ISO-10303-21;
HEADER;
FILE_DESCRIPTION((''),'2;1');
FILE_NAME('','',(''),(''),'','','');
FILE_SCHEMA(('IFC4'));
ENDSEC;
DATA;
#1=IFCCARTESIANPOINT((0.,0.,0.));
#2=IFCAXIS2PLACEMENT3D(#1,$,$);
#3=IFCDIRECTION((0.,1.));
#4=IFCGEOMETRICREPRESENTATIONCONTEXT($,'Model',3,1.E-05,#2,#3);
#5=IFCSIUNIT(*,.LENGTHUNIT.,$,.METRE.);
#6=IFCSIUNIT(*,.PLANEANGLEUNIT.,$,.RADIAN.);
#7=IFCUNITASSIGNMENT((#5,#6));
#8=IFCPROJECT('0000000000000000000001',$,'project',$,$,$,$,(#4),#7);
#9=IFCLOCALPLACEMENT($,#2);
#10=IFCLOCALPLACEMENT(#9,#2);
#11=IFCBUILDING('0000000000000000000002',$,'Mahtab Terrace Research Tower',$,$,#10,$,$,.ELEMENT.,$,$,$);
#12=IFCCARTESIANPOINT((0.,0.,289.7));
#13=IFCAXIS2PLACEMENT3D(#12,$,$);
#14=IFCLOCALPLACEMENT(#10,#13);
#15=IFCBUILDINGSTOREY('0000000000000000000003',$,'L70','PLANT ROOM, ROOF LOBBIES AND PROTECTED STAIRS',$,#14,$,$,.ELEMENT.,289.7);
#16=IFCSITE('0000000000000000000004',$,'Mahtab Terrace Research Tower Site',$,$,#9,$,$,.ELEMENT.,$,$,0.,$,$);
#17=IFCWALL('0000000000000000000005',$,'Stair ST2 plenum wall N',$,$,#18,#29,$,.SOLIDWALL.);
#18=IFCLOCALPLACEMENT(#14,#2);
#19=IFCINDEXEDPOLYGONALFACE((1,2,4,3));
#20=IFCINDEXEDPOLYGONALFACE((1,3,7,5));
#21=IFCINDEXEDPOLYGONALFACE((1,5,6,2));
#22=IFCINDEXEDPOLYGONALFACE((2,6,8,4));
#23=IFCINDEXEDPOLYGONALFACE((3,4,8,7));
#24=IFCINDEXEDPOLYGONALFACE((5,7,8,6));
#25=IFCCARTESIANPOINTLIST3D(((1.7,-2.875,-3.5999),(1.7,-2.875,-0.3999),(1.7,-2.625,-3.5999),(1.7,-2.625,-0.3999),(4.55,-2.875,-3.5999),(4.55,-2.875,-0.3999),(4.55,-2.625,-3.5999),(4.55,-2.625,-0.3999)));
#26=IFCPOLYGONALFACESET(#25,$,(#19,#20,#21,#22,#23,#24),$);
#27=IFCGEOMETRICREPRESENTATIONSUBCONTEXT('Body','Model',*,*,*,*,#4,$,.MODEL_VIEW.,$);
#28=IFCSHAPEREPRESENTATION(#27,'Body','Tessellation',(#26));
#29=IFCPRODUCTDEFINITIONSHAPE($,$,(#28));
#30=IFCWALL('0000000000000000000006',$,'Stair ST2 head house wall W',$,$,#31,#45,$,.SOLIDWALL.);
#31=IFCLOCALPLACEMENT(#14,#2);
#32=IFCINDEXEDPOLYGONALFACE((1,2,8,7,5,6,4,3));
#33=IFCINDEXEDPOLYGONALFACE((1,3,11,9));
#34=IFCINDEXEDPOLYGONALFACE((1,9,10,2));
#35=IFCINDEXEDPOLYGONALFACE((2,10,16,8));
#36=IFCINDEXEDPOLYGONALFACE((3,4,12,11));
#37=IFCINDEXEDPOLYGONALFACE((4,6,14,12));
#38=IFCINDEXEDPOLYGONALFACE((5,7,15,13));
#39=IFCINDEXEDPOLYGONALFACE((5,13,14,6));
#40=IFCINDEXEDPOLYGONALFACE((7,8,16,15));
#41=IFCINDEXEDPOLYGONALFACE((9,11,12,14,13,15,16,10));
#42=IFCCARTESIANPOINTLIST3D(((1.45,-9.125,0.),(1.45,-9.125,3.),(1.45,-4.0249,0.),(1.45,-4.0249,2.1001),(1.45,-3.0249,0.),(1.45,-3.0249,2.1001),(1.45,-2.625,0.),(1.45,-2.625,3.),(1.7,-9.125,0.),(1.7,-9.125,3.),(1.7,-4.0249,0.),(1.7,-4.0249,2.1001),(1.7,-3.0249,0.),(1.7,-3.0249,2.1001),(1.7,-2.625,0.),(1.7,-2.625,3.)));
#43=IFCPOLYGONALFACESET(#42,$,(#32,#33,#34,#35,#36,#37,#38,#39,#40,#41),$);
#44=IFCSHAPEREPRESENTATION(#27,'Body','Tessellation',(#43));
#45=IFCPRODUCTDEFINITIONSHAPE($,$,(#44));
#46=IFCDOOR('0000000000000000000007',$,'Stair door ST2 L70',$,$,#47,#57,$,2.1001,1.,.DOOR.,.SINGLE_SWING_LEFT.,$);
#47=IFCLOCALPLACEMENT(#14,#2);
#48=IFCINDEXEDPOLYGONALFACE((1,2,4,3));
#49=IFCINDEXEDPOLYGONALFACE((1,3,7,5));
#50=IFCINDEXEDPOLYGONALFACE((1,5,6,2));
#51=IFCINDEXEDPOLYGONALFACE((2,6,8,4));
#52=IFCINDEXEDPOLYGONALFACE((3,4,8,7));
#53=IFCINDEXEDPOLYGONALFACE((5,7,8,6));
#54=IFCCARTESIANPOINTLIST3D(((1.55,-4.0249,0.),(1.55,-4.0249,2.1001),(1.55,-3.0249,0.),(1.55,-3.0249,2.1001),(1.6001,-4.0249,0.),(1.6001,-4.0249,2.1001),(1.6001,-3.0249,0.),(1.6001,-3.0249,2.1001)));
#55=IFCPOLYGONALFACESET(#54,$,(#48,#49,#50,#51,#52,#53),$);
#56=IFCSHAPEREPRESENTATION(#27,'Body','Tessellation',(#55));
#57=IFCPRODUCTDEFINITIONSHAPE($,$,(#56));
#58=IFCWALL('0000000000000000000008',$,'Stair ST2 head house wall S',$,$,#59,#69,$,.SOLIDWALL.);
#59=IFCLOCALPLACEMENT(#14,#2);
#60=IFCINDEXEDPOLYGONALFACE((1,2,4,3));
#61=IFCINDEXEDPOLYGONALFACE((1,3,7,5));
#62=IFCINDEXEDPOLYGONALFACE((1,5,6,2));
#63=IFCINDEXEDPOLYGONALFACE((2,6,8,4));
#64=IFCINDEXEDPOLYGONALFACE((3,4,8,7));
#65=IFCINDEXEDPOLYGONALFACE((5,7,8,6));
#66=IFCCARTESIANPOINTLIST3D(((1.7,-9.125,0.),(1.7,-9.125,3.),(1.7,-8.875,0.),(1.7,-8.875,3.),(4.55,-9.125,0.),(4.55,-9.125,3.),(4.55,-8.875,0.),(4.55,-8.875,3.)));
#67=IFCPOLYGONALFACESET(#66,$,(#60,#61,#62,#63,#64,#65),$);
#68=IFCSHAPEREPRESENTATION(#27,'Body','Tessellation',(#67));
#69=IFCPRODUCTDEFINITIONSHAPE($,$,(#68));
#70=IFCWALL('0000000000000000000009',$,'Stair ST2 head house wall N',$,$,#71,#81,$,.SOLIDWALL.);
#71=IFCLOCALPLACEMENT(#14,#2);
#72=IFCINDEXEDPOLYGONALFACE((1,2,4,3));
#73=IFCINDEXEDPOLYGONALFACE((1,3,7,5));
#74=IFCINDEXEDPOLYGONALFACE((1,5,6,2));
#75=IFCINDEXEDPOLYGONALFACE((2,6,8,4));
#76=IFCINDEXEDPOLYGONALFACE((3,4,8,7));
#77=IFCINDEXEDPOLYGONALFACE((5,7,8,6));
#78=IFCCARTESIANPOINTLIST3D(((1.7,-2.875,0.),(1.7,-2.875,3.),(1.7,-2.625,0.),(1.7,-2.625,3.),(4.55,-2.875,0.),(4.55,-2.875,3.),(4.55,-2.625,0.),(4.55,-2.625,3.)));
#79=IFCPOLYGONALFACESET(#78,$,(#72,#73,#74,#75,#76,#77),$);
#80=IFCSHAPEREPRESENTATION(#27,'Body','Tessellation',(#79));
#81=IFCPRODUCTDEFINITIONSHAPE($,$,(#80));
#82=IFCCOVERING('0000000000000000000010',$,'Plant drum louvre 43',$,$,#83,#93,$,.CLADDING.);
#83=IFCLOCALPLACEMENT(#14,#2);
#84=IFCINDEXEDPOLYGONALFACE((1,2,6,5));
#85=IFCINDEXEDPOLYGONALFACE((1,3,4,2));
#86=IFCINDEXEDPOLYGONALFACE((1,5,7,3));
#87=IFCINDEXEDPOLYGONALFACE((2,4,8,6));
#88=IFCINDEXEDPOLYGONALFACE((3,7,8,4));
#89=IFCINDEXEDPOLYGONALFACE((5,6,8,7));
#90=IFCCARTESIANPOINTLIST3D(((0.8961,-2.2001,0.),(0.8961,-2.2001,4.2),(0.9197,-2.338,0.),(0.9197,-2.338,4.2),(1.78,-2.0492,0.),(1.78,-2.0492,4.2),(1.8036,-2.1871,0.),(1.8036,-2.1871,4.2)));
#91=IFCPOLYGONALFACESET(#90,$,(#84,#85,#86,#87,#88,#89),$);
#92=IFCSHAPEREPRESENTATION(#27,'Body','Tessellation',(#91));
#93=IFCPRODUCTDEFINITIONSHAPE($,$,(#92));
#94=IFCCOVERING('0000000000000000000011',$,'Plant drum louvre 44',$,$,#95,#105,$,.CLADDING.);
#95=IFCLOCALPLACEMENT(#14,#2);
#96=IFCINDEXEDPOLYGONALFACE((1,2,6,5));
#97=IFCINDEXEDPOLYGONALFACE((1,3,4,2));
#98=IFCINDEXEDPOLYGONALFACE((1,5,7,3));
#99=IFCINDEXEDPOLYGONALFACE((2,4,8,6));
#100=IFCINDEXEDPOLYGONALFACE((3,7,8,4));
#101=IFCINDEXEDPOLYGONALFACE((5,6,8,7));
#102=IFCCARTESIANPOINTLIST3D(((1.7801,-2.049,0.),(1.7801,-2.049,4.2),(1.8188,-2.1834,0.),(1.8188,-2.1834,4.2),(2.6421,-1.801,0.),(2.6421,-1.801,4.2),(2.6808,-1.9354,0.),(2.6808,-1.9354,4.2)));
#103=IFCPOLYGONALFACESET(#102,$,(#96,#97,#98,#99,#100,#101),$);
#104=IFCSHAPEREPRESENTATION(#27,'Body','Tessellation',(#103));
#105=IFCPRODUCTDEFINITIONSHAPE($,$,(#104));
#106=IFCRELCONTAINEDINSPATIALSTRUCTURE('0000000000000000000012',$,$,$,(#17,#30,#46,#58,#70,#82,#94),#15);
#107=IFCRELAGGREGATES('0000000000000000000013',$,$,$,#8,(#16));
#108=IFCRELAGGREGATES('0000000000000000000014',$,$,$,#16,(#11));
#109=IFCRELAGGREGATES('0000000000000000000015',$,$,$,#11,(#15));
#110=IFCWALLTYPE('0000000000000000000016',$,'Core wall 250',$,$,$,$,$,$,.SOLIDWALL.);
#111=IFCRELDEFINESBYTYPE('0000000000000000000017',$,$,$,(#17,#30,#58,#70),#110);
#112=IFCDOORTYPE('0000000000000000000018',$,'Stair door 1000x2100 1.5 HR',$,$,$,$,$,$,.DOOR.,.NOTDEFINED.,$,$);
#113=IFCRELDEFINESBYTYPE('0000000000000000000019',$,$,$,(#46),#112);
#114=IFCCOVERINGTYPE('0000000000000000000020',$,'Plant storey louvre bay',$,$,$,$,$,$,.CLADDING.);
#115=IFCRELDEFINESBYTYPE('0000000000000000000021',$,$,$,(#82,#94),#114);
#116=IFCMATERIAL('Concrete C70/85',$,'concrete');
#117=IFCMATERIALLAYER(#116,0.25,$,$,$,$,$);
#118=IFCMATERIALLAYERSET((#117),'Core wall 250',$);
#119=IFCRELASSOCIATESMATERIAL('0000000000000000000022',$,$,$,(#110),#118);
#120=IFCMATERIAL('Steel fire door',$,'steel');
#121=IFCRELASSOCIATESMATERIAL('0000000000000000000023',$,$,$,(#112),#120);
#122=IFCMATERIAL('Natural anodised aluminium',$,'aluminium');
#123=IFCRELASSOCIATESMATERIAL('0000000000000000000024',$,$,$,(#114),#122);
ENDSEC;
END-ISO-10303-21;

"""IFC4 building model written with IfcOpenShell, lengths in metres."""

from ifc_helpers import new_model, si_unit, direction, frame, frame_2d, origin, origin_2d, place, context, subcontext, project, spatial, rectangle, extrude, material, layer, layer_set, type_object, element, fill, save


model = new_model("IFC4")

# Units and contexts
model_context = context("Model", 3, precision=1e-05, world=origin(), true_north=direction((0.0, 1.0)))
body_context = subcontext(model_context, "Body", "Model", "MODEL_VIEW")
ifc_project = project(units=[si_unit("LENGTHUNIT", "METRE"), si_unit("PLANEANGLEUNIT", "RADIAN")], contexts=[model_context])

# Site, building, storey
site_placement = place(None, origin())
site = spatial("IfcSite", under=ifc_project, at=site_placement, Name="Mahtab Terrace Research Tower Site", CompositionType="ELEMENT", RefElevation=0.0)
building_placement = place(site_placement, origin())
building = spatial("IfcBuilding", under=site, at=building_placement, Name="Mahtab Terrace Research Tower", CompositionType="ELEMENT")
storey_placement = place(building_placement, frame((0.0, 0.0, 289.7)))
storey = spatial("IfcBuildingStorey", under=building, at=storey_placement, Name="L70", Description="PLANT ROOM, ROOF LOBBIES AND PROTECTED STAIRS", CompositionType="ELEMENT", Elevation=289.7)

# Wall
ifc_material_1 = material(Name="Concrete C70/85", Category="concrete")
ifc_layer_1 = layer(ifc_material_1, 0.25)
ifc_layer_set_1 = layer_set([ifc_layer_1], Name="Core wall 250")
wall_type_1 = type_object("IfcWallType", Name="Core wall 250", PredefinedType="SOLIDWALL", material=ifc_layer_set_1)
for number, where, z_axis, x_axis, name in (
    (1, (1.7, -2.75, -3.5999), (0.0, 0.0, 1.0), (1.0, 0.0, 0.0), "Stair ST2 plenum wall N"),
):
    element("IfcWall", number, at=place(storey_placement, frame(where, z_axis=z_axis, x_axis=x_axis)), inside=storey, type_object=wall_type_1, Name=name, PredefinedType="SOLIDWALL", context=body_context, shape_type="SweptSolid", body=[
        extrude(rectangle(XDim=2.8501, YDim=0.25, at=frame_2d((1.425, 0.0))), origin(), (0.0, 0.0, 1.0), 3.2),
    ])

# Wall, opening, door
wall_1_placement = place(storey_placement, frame((1.575, -9.125, 0.0), z_axis=(0.0, 0.0, 1.0), x_axis=(0.0, 1.0, 0.0)))
wall_1 = element("IfcWall", 2, at=wall_1_placement, inside=storey, type_object=wall_type_1, Name="Stair ST2 head house wall W", PredefinedType="SOLIDWALL", context=body_context, shape_type="SweptSolid", body=[
    extrude(rectangle(XDim=6.5, YDim=0.25, at=frame_2d((3.25, 0.0))), origin(), (0.0, 0.0, 1.0), 3.0),
])
opening_placement = place(wall_1_placement, frame((5.1001, 0.0, 0.0)))
opening = element("IfcOpeningElement", 3, at=opening_placement, cuts=wall_1, PredefinedType="OPENING", context=body_context, shape_type="SweptSolid", body=[
    extrude(rectangle(XDim=1.0, YDim=2.1001, at=frame_2d((0.5, 1.05))), frame((0.0, 0.135, 0.0), z_axis=(0.0, -1.0, 0.0), x_axis=(1.0, 0.0, 0.0)), (0.0, 0.0, 1.0), 0.27),
])
ifc_material_2 = material(Name="Steel fire door", Category="steel")
door_type = type_object("IfcDoorType", Name="Stair door 1000x2100 1.5 HR", OperationType="NOTDEFINED", PredefinedType="DOOR", material=ifc_material_2)
door_placement = place(opening_placement, origin())
door = element("IfcDoor", 4, at=door_placement, inside=storey, type_object=door_type, Name="Stair door ST2 L70", OperationType="SINGLE_SWING_LEFT", OverallHeight=2.1001, OverallWidth=1.0, PredefinedType="DOOR", context=body_context, shape_type="SweptSolid", body=[
    extrude(rectangle(XDim=1.0, YDim=2.1001, at=frame_2d((0.5, 1.05))), frame((0.0, 0.0249, 0.0), z_axis=(0.0, -1.0, 0.0), x_axis=(1.0, 0.0, 0.0)), (0.0, 0.0, 1.0), 0.05),
])
fill(opening, door)

# Walls
for number, where, z_axis, x_axis, name in (
    (5, (1.7, -9.0, 0.0), (0.0, 0.0, 1.0), (1.0, 0.0, 0.0), "Stair ST2 head house wall S"),
    (6, (1.7, -2.75, 0.0), (0.0, 0.0, 1.0), (1.0, 0.0, 0.0), "Stair ST2 head house wall N"),
):
    element("IfcWall", number, at=place(storey_placement, frame(where, z_axis=z_axis, x_axis=x_axis)), inside=storey, type_object=wall_type_1, Name=name, PredefinedType="SOLIDWALL", context=body_context, shape_type="SweptSolid", body=[
        extrude(rectangle(XDim=2.8501, YDim=0.25, at=frame_2d((1.425, 0.0))), origin(), (0.0, 0.0, 1.0), 3.0),
    ])

# Coverings
ifc_material_3 = material(Name="Natural anodised aluminium", Category="aluminium")
covering_type = type_object("IfcCoveringType", Name="Plant storey louvre bay", PredefinedType="CLADDING", material=ifc_material_3)
covering_1_placement = place(storey_placement, frame((1.3499, -2.1936, 0.0), z_axis=(0.0, 0.0, 1.0), x_axis=(0.985723, 0.168376, 0.0)))
element("IfcCovering", 7, at=covering_1_placement, inside=storey, type_object=covering_type, Name="Plant drum louvre 43", PredefinedType="CLADDING", context=body_context, shape_type="SweptSolid", body=[
    extrude(rectangle(XDim=0.8967, YDim=0.1399, at=origin_2d()), origin(), (0.0, 0.0, 1.0), 4.2),
])
covering_2_placement = place(storey_placement, frame((2.2305, -1.9922, 0.0), z_axis=(0.0, 0.0, 1.0), x_axis=(0.961017, 0.276488, 0.0)))
element("IfcCovering", 8, at=covering_2_placement, inside=storey, type_object=covering_type, Name="Plant drum louvre 44", PredefinedType="CLADDING", context=body_context, shape_type="SweptSolid", body=[
    extrude(rectangle(XDim=0.897, YDim=0.1399, at=origin_2d()), origin(), (0.0, 0.0, 1.0), 4.2),
])

save(model, "model.ifc")
